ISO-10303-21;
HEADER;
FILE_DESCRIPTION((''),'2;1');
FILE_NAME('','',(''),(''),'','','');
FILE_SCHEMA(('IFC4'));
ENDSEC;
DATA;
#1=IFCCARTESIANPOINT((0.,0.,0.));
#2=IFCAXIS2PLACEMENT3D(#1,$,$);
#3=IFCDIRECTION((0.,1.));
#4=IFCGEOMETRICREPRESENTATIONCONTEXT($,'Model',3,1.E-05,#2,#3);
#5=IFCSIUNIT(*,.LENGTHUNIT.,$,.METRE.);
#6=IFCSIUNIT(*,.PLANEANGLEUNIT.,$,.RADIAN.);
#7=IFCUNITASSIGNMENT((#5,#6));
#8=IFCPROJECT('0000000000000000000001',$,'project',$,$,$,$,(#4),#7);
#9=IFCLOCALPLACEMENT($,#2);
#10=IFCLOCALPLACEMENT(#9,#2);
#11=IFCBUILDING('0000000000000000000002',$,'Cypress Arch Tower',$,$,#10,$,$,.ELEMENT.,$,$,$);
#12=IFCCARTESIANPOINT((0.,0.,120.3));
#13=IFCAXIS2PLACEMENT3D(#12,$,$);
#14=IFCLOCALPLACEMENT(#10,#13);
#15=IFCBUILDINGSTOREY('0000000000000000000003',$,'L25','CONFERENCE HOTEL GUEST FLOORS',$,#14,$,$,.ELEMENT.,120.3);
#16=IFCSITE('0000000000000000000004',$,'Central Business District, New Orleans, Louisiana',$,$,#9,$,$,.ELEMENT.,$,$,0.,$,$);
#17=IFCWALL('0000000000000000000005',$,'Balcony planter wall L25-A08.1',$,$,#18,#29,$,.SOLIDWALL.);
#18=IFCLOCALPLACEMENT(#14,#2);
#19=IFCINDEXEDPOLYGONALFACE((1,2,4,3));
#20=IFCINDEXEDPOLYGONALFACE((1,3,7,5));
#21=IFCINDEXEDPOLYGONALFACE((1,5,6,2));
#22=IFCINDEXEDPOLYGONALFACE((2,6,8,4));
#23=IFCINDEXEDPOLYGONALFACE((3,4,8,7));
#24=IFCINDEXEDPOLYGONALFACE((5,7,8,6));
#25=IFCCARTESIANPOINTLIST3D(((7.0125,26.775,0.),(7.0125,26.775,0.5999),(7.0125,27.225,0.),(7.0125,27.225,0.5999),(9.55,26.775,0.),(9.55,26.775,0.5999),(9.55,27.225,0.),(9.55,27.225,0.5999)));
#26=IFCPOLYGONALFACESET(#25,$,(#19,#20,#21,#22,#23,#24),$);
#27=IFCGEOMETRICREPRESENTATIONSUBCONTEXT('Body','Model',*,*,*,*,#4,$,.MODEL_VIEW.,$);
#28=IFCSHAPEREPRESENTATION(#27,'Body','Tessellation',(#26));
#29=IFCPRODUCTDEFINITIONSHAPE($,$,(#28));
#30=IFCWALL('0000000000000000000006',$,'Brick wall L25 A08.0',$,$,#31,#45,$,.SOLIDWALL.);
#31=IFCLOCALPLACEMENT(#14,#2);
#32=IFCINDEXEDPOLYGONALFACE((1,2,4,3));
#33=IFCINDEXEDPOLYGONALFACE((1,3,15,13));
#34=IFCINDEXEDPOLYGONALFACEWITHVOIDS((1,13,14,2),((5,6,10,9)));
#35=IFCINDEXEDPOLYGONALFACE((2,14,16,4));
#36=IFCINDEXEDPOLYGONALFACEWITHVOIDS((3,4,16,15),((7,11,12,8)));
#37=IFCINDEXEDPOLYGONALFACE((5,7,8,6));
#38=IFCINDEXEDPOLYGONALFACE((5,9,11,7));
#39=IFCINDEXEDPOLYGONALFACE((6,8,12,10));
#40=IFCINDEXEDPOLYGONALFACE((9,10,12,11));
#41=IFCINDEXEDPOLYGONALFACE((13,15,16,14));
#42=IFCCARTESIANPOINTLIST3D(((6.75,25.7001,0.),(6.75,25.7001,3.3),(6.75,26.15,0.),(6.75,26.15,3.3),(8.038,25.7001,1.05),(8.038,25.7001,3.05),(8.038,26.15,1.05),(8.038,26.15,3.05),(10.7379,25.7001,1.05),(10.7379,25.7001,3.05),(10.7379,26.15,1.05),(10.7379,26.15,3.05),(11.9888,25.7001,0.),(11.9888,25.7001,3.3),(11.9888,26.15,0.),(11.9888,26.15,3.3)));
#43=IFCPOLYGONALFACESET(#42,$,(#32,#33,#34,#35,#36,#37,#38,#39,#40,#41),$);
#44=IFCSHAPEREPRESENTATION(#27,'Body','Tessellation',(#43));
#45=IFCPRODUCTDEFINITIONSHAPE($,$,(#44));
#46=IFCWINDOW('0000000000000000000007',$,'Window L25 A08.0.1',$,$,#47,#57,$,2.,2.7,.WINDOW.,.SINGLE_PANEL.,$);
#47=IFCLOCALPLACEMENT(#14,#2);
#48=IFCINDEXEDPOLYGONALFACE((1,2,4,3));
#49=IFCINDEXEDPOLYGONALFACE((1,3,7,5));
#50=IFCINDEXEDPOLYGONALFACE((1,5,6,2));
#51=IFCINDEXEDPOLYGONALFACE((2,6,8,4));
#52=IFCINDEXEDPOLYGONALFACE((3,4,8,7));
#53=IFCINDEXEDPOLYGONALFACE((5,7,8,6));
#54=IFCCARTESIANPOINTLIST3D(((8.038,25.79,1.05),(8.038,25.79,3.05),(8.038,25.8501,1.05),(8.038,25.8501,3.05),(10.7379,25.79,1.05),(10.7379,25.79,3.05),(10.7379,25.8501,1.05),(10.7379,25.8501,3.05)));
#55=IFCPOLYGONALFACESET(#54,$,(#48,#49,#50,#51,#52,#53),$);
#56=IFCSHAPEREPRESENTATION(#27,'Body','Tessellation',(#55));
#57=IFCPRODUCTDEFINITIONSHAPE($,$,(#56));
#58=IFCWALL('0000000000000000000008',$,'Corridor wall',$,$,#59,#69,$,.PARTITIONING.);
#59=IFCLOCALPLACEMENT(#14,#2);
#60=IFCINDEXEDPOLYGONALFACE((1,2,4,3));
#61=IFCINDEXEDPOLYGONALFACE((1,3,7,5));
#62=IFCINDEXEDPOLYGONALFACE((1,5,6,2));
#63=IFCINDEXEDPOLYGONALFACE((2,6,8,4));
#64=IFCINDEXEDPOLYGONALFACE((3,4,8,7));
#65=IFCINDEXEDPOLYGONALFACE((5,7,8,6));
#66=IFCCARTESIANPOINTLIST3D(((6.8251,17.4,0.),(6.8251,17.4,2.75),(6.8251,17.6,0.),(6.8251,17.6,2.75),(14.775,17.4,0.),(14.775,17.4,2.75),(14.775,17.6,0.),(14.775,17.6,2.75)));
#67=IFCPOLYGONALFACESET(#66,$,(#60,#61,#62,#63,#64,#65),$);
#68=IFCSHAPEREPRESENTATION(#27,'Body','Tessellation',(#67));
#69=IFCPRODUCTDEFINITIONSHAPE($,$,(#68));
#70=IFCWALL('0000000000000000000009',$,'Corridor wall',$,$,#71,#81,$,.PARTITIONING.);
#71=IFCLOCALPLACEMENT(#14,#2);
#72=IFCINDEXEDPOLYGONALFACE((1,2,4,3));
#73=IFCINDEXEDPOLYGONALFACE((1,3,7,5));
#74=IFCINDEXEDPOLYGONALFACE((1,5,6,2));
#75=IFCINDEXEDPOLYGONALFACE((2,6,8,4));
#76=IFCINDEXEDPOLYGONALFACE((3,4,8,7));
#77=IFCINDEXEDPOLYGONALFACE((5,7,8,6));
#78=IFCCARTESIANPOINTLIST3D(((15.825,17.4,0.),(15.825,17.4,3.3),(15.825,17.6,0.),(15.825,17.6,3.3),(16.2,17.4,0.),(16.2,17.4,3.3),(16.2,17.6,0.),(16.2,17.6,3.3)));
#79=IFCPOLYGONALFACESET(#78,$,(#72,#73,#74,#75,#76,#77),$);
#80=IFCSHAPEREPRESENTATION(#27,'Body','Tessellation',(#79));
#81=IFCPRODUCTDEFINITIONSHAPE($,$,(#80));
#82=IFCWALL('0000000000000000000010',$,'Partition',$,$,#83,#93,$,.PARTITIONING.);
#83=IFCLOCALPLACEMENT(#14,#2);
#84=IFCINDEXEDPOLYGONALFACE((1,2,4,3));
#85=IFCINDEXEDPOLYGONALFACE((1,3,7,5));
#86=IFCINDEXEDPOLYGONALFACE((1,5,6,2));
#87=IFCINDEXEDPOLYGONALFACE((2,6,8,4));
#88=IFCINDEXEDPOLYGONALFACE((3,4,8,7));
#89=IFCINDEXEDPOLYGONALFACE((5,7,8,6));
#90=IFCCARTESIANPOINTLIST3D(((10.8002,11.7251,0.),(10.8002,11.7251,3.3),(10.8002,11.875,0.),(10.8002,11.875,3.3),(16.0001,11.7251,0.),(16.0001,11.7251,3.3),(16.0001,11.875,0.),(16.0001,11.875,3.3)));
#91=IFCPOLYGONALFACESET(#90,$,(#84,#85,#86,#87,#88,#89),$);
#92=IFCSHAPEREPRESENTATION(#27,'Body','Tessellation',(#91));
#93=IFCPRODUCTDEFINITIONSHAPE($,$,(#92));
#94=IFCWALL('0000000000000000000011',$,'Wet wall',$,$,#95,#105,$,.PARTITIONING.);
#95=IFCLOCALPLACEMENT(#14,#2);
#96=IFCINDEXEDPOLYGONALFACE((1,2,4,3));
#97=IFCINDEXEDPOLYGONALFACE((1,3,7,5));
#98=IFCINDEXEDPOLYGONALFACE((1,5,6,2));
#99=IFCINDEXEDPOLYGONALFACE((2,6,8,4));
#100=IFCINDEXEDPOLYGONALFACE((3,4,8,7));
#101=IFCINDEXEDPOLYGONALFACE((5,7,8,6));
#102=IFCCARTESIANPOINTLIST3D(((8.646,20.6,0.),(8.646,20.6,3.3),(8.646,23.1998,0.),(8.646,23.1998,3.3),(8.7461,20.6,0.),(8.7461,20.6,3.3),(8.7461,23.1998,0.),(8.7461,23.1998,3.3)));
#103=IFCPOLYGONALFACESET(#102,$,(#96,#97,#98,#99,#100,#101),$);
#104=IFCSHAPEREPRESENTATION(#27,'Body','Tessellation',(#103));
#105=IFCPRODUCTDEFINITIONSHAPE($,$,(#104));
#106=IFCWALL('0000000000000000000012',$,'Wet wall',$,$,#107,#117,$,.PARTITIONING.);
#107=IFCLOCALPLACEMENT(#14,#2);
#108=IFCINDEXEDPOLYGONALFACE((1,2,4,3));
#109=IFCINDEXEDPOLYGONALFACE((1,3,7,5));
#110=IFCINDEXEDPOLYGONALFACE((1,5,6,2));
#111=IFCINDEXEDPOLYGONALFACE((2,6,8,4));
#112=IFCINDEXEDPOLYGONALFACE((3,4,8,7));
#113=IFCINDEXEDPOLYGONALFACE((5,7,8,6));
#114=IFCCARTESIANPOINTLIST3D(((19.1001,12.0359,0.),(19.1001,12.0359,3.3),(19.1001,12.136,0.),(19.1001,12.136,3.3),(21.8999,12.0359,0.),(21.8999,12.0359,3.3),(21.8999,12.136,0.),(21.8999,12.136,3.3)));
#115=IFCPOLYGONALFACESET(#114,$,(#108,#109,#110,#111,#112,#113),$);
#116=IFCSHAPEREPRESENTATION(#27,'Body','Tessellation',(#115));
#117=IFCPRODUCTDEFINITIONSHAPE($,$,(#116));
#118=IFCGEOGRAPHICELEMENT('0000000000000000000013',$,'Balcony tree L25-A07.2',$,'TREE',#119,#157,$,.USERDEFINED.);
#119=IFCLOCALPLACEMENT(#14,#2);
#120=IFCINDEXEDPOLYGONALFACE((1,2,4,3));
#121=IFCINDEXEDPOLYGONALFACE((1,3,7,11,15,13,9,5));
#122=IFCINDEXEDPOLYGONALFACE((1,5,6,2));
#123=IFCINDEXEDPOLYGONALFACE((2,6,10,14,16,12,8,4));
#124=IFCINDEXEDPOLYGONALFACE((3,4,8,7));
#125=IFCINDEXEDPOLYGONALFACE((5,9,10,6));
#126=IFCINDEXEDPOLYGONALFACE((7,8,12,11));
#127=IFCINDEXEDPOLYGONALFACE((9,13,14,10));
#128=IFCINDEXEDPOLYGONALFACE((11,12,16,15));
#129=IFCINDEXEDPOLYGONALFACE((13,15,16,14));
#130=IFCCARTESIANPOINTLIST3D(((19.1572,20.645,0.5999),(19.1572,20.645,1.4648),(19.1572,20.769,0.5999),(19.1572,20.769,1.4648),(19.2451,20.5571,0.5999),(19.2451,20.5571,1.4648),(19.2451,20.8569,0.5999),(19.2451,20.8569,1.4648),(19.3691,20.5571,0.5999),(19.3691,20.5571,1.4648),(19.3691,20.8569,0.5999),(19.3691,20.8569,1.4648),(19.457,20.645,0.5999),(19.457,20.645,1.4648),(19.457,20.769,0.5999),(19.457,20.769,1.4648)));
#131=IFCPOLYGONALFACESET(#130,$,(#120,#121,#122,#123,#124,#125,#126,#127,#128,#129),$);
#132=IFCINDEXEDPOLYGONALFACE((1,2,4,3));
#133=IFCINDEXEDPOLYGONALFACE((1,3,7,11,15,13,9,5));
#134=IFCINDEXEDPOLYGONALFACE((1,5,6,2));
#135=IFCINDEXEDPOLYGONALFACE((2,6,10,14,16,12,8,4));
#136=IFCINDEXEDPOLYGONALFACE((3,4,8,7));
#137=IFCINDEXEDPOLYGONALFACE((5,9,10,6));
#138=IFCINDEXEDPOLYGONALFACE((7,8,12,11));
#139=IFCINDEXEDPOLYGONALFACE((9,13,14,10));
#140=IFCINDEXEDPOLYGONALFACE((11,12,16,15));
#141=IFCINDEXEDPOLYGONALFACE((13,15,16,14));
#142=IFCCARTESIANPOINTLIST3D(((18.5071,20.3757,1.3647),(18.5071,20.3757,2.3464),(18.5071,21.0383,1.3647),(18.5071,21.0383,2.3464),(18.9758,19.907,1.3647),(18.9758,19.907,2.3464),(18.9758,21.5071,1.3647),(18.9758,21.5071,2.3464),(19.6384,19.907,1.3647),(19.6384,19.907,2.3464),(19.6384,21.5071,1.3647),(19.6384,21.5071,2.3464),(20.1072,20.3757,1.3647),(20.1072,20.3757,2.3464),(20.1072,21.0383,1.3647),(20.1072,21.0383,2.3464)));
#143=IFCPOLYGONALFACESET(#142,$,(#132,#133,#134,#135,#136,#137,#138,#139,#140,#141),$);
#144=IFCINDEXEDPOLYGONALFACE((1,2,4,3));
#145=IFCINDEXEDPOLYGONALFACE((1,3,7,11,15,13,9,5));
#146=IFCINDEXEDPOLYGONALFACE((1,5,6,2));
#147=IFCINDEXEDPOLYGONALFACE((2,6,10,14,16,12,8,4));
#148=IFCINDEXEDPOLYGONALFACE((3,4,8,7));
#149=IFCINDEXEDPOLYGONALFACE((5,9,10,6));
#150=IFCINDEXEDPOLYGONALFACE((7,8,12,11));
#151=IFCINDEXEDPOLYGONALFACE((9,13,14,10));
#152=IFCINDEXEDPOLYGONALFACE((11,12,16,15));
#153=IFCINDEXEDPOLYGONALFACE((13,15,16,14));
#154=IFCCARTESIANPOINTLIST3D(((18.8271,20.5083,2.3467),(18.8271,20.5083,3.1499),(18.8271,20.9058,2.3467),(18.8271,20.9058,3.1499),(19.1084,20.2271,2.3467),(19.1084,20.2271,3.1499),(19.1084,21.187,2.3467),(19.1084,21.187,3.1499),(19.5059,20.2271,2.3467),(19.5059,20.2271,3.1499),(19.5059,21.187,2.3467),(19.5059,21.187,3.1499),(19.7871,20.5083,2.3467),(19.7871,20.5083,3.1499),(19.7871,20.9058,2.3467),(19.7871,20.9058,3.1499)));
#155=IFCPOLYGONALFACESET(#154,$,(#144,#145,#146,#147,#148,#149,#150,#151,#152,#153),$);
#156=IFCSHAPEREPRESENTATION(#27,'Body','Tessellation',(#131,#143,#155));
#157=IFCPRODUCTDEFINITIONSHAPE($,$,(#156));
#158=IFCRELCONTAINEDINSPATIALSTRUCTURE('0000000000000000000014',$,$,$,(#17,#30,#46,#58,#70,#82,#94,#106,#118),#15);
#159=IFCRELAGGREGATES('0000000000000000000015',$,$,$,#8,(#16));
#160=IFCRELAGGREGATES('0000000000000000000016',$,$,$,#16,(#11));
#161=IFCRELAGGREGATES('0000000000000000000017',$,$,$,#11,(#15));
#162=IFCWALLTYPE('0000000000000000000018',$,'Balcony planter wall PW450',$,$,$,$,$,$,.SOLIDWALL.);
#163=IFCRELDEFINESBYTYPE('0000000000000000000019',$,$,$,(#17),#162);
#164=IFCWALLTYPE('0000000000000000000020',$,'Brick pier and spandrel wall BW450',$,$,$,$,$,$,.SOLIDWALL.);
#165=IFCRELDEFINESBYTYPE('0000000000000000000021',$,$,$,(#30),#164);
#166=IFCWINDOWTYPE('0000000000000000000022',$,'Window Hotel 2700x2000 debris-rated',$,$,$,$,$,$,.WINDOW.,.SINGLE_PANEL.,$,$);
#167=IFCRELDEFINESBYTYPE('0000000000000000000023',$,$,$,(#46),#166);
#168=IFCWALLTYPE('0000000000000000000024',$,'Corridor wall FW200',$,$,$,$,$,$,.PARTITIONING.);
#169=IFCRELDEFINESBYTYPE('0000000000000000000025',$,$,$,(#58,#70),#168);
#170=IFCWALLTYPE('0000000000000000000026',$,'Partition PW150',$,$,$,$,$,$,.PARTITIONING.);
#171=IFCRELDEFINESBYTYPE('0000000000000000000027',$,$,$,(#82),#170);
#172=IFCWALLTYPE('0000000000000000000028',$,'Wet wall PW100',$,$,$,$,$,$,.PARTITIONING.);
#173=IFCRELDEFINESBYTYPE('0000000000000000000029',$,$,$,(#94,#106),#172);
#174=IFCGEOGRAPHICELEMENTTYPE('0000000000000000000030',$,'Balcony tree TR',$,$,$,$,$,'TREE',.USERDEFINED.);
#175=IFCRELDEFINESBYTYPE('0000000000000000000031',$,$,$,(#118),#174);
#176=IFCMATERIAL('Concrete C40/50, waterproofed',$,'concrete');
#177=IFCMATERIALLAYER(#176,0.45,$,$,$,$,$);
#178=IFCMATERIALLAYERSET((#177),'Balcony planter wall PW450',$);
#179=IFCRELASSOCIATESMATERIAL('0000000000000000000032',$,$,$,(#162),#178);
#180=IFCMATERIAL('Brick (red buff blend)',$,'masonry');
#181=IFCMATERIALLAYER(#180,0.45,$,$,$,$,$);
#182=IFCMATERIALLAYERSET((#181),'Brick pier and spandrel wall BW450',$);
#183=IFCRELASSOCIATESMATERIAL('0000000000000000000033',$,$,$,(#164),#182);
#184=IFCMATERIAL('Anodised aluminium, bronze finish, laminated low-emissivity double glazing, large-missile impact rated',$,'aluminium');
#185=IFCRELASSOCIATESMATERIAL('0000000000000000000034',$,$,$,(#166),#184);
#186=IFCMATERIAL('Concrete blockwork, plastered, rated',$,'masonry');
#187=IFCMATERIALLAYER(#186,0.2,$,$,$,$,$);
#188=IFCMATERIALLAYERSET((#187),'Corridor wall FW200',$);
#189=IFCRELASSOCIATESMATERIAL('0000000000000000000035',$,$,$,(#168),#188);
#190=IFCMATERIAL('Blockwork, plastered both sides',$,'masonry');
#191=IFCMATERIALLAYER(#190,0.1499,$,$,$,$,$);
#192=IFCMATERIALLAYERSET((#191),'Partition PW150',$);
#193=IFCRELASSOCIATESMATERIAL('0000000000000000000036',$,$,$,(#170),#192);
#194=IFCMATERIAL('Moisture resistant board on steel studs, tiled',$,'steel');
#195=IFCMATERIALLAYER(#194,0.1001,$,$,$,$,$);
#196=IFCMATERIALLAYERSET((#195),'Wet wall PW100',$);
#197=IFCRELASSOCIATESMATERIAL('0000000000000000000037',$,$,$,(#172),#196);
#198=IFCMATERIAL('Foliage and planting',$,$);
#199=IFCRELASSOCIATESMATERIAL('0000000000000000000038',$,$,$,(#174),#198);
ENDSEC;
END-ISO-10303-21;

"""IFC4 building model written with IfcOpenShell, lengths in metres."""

from ifc_helpers import new_model, si_unit, direction, frame, frame_2d, origin, place, context, subcontext, project, spatial, polyline, rectangle, outline, extrude, material, layer, layer_set, type_object, element, fill, save


model = new_model("IFC4")

# Units and contexts
model_context = context("Model", 3, precision=1e-05, world=origin(), true_north=direction((0.0, 1.0)))
body_context = subcontext(model_context, "Body", "Model", "MODEL_VIEW")
ifc_project = project(units=[si_unit("LENGTHUNIT", "METRE"), si_unit("PLANEANGLEUNIT", "RADIAN")], contexts=[model_context])

# Site, building, storey
site_placement = place(None, origin())
site = spatial("IfcSite", under=ifc_project, at=site_placement, Name="Central Business District, New Orleans, Louisiana", CompositionType="ELEMENT", RefElevation=0.0)
building_placement = place(site_placement, origin())
building = spatial("IfcBuilding", under=site, at=building_placement, Name="Cypress Arch Tower", CompositionType="ELEMENT")
storey_placement = place(building_placement, frame((0.0, 0.0, 120.3)))
storey = spatial("IfcBuildingStorey", under=building, at=storey_placement, Name="L25", Description="CONFERENCE HOTEL GUEST FLOORS", CompositionType="ELEMENT", Elevation=120.3)

# Wall
ifc_material_1 = material(Name="Concrete C40/50, waterproofed", Category="concrete")
ifc_layer_1 = layer(ifc_material_1, 0.45)
ifc_layer_set_1 = layer_set([ifc_layer_1], Name="Balcony planter wall PW450")
wall_type_1 = type_object("IfcWallType", Name="Balcony planter wall PW450", PredefinedType="SOLIDWALL", material=ifc_layer_set_1)
wall_1_placement = place(storey_placement, frame((9.55, 27.0, 0.0), z_axis=(0.0, 0.0, 1.0), x_axis=(-1.0, 0.0, 0.0)))
element("IfcWall", 1, at=wall_1_placement, inside=storey, type_object=wall_type_1, Name="Balcony planter wall L25-A08.1", PredefinedType="SOLIDWALL", context=body_context, shape_type="SweptSolid", body=[
    extrude(rectangle(XDim=2.5376, YDim=0.45, at=frame_2d((1.2688, 0.0))), origin(), (0.0, 0.0, 1.0), 0.5999),
])

# Shared definitions
ifc_material_2 = material(Name="Brick (red buff blend)", Category="masonry")
ifc_layer_2 = layer(ifc_material_2, 0.45)
ifc_layer_set_2 = layer_set([ifc_layer_2], Name="Brick pier and spandrel wall BW450")
wall_type_2 = type_object("IfcWallType", Name="Brick pier and spandrel wall BW450", PredefinedType="SOLIDWALL", material=ifc_layer_set_2)
ifc_material_3 = material(Name="Anodised aluminium, bronze finish, laminated low-emissivity double glazing, large-missile impact rated", Category="aluminium")
window_type = type_object("IfcWindowType", Name="Window Hotel 2700x2000 debris-rated", PartitioningType="SINGLE_PANEL", PredefinedType="WINDOW", material=ifc_material_3)

# Wall, opening, window
wall_2_placement = place(storey_placement, frame((11.9888, 25.925, 0.0), z_axis=(0.0, 0.0, 1.0), x_axis=(-1.0, 0.0, 0.0)))
wall_2 = element("IfcWall", 2, at=wall_2_placement, inside=storey, type_object=wall_type_2, Name="Brick wall L25 A08.0", PredefinedType="SOLIDWALL", context=body_context, shape_type="SweptSolid", body=[
    extrude(rectangle(XDim=5.2388, YDim=0.45, at=frame_2d((2.6194, 0.0))), origin(), (0.0, 0.0, 1.0), 3.3),
])
opening_1_placement = place(wall_2_placement, frame((1.2507, 0.0, 1.05)))
opening_1 = element("IfcOpeningElement", 3, at=opening_1_placement, cuts=wall_2, PredefinedType="OPENING", context=body_context, shape_type="SweptSolid", body=[
    extrude(rectangle(XDim=2.7, YDim=2.0, at=frame_2d((1.3501, 1.0))), frame((0.0, 0.2349, 0.0), z_axis=(0.0, -1.0, 0.0), x_axis=(1.0, 0.0, 0.0)), (0.0, 0.0, 1.0), 0.47),
])
window_1_placement = place(opening_1_placement, origin())
window_1 = element("IfcWindow", 4, at=window_1_placement, inside=storey, type_object=window_type, Name="Window L25 A08.0.1", OverallHeight=2.0, OverallWidth=2.7, PartitioningType="SINGLE_PANEL", PredefinedType="WINDOW", context=body_context, shape_type="SweptSolid", body=[
    extrude(rectangle(XDim=2.7, YDim=2.0, at=frame_2d((1.3501, 1.0))), frame((0.0, 0.135, 0.0), z_axis=(0.0, -1.0, 0.0), x_axis=(1.0, 0.0, 0.0)), (0.0, 0.0, 1.0), 0.0601),
])
fill(opening_1, window_1)

# Walls
ifc_material_4 = material(Name="Concrete blockwork, plastered, rated", Category="masonry")
ifc_layer_3 = layer(ifc_material_4, 0.2)
ifc_layer_set_3 = layer_set([ifc_layer_3], Name="Corridor wall FW200")
wall_type_3 = type_object("IfcWallType", Name="Corridor wall FW200", PredefinedType="PARTITIONING", material=ifc_layer_set_3)
wall_3_placement = place(storey_placement, frame((6.825, 17.5, 0.0), z_axis=(0.0, 0.0, 1.0), x_axis=(1.0, 0.0, 0.0)))
element("IfcWall", 5, at=wall_3_placement, inside=storey, type_object=wall_type_3, Name="Corridor wall", PredefinedType="PARTITIONING", context=body_context, shape_type="SweptSolid", body=[
    extrude(rectangle(XDim=7.95, YDim=0.2, at=frame_2d((3.9751, 0.0))), origin(), (0.0, 0.0, 1.0), 2.75),
])
wall_4_placement = place(storey_placement, frame((15.825, 17.5, 0.0), z_axis=(0.0, 0.0, 1.0), x_axis=(1.0, 0.0, 0.0)))
element("IfcWall", 6, at=wall_4_placement, inside=storey, type_object=wall_type_3, Name="Corridor wall", PredefinedType="PARTITIONING", context=body_context, shape_type="SweptSolid", body=[
    extrude(rectangle(XDim=0.375, YDim=0.2, at=frame_2d((0.1875, 0.0))), origin(), (0.0, 0.0, 1.0), 3.3),
])
ifc_material_5 = material(Name="Blockwork, plastered both sides", Category="masonry")
ifc_layer_4 = layer(ifc_material_5, 0.1499)
ifc_layer_set_4 = layer_set([ifc_layer_4], Name="Partition PW150")
wall_type_4 = type_object("IfcWallType", Name="Partition PW150", PredefinedType="PARTITIONING", material=ifc_layer_set_4)
wall_5_placement = place(storey_placement, frame((10.8, 11.8, 0.0), z_axis=(0.0, 0.0, 1.0), x_axis=(1.0, 0.0, 0.0)))
element("IfcWall", 7, at=wall_5_placement, inside=storey, type_object=wall_type_4, Name="Partition", PredefinedType="PARTITIONING", context=body_context, shape_type="SweptSolid", body=[
    extrude(rectangle(XDim=5.2, YDim=0.1499, at=frame_2d((2.6001, 0.0))), origin(), (0.0, 0.0, 1.0), 3.3),
])
ifc_material_6 = material(Name="Moisture resistant board on steel studs, tiled", Category="steel")
ifc_layer_5 = layer(ifc_material_6, 0.1001)
ifc_layer_set_5 = layer_set([ifc_layer_5], Name="Wet wall PW100")
wall_type_5 = type_object("IfcWallType", Name="Wet wall PW100", PredefinedType="PARTITIONING", material=ifc_layer_set_5)
wall_6_placement = place(storey_placement, frame((8.696, 20.6001, 0.0), z_axis=(0.0, 0.0, 1.0), x_axis=(0.0, 1.0, 0.0)))
element("IfcWall", 8, at=wall_6_placement, inside=storey, type_object=wall_type_5, Name="Wet wall", PredefinedType="PARTITIONING", context=body_context, shape_type="SweptSolid", body=[
    extrude(rectangle(XDim=2.5999, YDim=0.1001, at=frame_2d((1.2998, 0.0))), origin(), (0.0, 0.0, 1.0), 3.3),
])
wall_7_placement = place(storey_placement, frame((19.1001, 12.0859, 0.0), z_axis=(0.0, 0.0, 1.0), x_axis=(1.0, 0.0, 0.0)))
element("IfcWall", 9, at=wall_7_placement, inside=storey, type_object=wall_type_5, Name="Wet wall", PredefinedType="PARTITIONING", context=body_context, shape_type="SweptSolid", body=[
    extrude(rectangle(XDim=2.7998, YDim=0.1001, at=frame_2d((1.3999, 0.0))), origin(), (0.0, 0.0, 1.0), 3.3),
])

# Geographic element
ifc_material_7 = material(Name="Foliage and planting")
geographic_element_type = type_object("IfcGeographicElementType", Name="Balcony tree TR", ElementType="TREE", PredefinedType="USERDEFINED", material=ifc_material_7)
for number, where, z_axis, x_axis, name in (
    (10, (19.3071, 20.707, 0.5999), (0.0, 0.0, 1.0), (1.0, 0.0, 0.0), "Balcony tree L25-A07.2"),
):
    element("IfcGeographicElement", number, at=place(storey_placement, frame(where, z_axis=z_axis, x_axis=x_axis)), inside=storey, type_object=geographic_element_type, Name=name, ObjectType="TREE", PredefinedType="USERDEFINED", context=body_context, shape_type="SweptSolid", body=[
        extrude(outline(polyline([(0.1499, 0.062), (0.062, 0.1499), (-0.062, 0.1499), (-0.1499, 0.062), (-0.1499, -0.062), (-0.062, -0.1499), (0.062, -0.1499), (0.1499, -0.062), (0.1499, 0.062)])), origin(), (0.0, 0.0, 1.0), 0.865),
        extrude(outline(polyline([(0.8, 0.3313), (0.3313, 0.8), (-0.3313, 0.8), (-0.8, 0.3313), (-0.8, -0.3313), (-0.3313, -0.8), (0.3313, -0.8), (0.8, -0.3313), (0.8, 0.3313)])), frame((0.0, 0.0, 0.7649)), (0.0, 0.0, 1.0), 0.9817),
        extrude(outline(polyline([(0.48, 0.1987), (0.1987, 0.48), (-0.1987, 0.48), (-0.48, 0.1987), (-0.48, -0.1987), (-0.1987, -0.48), (0.1987, -0.48), (0.48, -0.1987), (0.48, 0.1987)])), frame((0.0, 0.0, 1.7468)), (0.0, 0.0, 1.0), 0.8032),
    ])

save(model, "model.ifc")
